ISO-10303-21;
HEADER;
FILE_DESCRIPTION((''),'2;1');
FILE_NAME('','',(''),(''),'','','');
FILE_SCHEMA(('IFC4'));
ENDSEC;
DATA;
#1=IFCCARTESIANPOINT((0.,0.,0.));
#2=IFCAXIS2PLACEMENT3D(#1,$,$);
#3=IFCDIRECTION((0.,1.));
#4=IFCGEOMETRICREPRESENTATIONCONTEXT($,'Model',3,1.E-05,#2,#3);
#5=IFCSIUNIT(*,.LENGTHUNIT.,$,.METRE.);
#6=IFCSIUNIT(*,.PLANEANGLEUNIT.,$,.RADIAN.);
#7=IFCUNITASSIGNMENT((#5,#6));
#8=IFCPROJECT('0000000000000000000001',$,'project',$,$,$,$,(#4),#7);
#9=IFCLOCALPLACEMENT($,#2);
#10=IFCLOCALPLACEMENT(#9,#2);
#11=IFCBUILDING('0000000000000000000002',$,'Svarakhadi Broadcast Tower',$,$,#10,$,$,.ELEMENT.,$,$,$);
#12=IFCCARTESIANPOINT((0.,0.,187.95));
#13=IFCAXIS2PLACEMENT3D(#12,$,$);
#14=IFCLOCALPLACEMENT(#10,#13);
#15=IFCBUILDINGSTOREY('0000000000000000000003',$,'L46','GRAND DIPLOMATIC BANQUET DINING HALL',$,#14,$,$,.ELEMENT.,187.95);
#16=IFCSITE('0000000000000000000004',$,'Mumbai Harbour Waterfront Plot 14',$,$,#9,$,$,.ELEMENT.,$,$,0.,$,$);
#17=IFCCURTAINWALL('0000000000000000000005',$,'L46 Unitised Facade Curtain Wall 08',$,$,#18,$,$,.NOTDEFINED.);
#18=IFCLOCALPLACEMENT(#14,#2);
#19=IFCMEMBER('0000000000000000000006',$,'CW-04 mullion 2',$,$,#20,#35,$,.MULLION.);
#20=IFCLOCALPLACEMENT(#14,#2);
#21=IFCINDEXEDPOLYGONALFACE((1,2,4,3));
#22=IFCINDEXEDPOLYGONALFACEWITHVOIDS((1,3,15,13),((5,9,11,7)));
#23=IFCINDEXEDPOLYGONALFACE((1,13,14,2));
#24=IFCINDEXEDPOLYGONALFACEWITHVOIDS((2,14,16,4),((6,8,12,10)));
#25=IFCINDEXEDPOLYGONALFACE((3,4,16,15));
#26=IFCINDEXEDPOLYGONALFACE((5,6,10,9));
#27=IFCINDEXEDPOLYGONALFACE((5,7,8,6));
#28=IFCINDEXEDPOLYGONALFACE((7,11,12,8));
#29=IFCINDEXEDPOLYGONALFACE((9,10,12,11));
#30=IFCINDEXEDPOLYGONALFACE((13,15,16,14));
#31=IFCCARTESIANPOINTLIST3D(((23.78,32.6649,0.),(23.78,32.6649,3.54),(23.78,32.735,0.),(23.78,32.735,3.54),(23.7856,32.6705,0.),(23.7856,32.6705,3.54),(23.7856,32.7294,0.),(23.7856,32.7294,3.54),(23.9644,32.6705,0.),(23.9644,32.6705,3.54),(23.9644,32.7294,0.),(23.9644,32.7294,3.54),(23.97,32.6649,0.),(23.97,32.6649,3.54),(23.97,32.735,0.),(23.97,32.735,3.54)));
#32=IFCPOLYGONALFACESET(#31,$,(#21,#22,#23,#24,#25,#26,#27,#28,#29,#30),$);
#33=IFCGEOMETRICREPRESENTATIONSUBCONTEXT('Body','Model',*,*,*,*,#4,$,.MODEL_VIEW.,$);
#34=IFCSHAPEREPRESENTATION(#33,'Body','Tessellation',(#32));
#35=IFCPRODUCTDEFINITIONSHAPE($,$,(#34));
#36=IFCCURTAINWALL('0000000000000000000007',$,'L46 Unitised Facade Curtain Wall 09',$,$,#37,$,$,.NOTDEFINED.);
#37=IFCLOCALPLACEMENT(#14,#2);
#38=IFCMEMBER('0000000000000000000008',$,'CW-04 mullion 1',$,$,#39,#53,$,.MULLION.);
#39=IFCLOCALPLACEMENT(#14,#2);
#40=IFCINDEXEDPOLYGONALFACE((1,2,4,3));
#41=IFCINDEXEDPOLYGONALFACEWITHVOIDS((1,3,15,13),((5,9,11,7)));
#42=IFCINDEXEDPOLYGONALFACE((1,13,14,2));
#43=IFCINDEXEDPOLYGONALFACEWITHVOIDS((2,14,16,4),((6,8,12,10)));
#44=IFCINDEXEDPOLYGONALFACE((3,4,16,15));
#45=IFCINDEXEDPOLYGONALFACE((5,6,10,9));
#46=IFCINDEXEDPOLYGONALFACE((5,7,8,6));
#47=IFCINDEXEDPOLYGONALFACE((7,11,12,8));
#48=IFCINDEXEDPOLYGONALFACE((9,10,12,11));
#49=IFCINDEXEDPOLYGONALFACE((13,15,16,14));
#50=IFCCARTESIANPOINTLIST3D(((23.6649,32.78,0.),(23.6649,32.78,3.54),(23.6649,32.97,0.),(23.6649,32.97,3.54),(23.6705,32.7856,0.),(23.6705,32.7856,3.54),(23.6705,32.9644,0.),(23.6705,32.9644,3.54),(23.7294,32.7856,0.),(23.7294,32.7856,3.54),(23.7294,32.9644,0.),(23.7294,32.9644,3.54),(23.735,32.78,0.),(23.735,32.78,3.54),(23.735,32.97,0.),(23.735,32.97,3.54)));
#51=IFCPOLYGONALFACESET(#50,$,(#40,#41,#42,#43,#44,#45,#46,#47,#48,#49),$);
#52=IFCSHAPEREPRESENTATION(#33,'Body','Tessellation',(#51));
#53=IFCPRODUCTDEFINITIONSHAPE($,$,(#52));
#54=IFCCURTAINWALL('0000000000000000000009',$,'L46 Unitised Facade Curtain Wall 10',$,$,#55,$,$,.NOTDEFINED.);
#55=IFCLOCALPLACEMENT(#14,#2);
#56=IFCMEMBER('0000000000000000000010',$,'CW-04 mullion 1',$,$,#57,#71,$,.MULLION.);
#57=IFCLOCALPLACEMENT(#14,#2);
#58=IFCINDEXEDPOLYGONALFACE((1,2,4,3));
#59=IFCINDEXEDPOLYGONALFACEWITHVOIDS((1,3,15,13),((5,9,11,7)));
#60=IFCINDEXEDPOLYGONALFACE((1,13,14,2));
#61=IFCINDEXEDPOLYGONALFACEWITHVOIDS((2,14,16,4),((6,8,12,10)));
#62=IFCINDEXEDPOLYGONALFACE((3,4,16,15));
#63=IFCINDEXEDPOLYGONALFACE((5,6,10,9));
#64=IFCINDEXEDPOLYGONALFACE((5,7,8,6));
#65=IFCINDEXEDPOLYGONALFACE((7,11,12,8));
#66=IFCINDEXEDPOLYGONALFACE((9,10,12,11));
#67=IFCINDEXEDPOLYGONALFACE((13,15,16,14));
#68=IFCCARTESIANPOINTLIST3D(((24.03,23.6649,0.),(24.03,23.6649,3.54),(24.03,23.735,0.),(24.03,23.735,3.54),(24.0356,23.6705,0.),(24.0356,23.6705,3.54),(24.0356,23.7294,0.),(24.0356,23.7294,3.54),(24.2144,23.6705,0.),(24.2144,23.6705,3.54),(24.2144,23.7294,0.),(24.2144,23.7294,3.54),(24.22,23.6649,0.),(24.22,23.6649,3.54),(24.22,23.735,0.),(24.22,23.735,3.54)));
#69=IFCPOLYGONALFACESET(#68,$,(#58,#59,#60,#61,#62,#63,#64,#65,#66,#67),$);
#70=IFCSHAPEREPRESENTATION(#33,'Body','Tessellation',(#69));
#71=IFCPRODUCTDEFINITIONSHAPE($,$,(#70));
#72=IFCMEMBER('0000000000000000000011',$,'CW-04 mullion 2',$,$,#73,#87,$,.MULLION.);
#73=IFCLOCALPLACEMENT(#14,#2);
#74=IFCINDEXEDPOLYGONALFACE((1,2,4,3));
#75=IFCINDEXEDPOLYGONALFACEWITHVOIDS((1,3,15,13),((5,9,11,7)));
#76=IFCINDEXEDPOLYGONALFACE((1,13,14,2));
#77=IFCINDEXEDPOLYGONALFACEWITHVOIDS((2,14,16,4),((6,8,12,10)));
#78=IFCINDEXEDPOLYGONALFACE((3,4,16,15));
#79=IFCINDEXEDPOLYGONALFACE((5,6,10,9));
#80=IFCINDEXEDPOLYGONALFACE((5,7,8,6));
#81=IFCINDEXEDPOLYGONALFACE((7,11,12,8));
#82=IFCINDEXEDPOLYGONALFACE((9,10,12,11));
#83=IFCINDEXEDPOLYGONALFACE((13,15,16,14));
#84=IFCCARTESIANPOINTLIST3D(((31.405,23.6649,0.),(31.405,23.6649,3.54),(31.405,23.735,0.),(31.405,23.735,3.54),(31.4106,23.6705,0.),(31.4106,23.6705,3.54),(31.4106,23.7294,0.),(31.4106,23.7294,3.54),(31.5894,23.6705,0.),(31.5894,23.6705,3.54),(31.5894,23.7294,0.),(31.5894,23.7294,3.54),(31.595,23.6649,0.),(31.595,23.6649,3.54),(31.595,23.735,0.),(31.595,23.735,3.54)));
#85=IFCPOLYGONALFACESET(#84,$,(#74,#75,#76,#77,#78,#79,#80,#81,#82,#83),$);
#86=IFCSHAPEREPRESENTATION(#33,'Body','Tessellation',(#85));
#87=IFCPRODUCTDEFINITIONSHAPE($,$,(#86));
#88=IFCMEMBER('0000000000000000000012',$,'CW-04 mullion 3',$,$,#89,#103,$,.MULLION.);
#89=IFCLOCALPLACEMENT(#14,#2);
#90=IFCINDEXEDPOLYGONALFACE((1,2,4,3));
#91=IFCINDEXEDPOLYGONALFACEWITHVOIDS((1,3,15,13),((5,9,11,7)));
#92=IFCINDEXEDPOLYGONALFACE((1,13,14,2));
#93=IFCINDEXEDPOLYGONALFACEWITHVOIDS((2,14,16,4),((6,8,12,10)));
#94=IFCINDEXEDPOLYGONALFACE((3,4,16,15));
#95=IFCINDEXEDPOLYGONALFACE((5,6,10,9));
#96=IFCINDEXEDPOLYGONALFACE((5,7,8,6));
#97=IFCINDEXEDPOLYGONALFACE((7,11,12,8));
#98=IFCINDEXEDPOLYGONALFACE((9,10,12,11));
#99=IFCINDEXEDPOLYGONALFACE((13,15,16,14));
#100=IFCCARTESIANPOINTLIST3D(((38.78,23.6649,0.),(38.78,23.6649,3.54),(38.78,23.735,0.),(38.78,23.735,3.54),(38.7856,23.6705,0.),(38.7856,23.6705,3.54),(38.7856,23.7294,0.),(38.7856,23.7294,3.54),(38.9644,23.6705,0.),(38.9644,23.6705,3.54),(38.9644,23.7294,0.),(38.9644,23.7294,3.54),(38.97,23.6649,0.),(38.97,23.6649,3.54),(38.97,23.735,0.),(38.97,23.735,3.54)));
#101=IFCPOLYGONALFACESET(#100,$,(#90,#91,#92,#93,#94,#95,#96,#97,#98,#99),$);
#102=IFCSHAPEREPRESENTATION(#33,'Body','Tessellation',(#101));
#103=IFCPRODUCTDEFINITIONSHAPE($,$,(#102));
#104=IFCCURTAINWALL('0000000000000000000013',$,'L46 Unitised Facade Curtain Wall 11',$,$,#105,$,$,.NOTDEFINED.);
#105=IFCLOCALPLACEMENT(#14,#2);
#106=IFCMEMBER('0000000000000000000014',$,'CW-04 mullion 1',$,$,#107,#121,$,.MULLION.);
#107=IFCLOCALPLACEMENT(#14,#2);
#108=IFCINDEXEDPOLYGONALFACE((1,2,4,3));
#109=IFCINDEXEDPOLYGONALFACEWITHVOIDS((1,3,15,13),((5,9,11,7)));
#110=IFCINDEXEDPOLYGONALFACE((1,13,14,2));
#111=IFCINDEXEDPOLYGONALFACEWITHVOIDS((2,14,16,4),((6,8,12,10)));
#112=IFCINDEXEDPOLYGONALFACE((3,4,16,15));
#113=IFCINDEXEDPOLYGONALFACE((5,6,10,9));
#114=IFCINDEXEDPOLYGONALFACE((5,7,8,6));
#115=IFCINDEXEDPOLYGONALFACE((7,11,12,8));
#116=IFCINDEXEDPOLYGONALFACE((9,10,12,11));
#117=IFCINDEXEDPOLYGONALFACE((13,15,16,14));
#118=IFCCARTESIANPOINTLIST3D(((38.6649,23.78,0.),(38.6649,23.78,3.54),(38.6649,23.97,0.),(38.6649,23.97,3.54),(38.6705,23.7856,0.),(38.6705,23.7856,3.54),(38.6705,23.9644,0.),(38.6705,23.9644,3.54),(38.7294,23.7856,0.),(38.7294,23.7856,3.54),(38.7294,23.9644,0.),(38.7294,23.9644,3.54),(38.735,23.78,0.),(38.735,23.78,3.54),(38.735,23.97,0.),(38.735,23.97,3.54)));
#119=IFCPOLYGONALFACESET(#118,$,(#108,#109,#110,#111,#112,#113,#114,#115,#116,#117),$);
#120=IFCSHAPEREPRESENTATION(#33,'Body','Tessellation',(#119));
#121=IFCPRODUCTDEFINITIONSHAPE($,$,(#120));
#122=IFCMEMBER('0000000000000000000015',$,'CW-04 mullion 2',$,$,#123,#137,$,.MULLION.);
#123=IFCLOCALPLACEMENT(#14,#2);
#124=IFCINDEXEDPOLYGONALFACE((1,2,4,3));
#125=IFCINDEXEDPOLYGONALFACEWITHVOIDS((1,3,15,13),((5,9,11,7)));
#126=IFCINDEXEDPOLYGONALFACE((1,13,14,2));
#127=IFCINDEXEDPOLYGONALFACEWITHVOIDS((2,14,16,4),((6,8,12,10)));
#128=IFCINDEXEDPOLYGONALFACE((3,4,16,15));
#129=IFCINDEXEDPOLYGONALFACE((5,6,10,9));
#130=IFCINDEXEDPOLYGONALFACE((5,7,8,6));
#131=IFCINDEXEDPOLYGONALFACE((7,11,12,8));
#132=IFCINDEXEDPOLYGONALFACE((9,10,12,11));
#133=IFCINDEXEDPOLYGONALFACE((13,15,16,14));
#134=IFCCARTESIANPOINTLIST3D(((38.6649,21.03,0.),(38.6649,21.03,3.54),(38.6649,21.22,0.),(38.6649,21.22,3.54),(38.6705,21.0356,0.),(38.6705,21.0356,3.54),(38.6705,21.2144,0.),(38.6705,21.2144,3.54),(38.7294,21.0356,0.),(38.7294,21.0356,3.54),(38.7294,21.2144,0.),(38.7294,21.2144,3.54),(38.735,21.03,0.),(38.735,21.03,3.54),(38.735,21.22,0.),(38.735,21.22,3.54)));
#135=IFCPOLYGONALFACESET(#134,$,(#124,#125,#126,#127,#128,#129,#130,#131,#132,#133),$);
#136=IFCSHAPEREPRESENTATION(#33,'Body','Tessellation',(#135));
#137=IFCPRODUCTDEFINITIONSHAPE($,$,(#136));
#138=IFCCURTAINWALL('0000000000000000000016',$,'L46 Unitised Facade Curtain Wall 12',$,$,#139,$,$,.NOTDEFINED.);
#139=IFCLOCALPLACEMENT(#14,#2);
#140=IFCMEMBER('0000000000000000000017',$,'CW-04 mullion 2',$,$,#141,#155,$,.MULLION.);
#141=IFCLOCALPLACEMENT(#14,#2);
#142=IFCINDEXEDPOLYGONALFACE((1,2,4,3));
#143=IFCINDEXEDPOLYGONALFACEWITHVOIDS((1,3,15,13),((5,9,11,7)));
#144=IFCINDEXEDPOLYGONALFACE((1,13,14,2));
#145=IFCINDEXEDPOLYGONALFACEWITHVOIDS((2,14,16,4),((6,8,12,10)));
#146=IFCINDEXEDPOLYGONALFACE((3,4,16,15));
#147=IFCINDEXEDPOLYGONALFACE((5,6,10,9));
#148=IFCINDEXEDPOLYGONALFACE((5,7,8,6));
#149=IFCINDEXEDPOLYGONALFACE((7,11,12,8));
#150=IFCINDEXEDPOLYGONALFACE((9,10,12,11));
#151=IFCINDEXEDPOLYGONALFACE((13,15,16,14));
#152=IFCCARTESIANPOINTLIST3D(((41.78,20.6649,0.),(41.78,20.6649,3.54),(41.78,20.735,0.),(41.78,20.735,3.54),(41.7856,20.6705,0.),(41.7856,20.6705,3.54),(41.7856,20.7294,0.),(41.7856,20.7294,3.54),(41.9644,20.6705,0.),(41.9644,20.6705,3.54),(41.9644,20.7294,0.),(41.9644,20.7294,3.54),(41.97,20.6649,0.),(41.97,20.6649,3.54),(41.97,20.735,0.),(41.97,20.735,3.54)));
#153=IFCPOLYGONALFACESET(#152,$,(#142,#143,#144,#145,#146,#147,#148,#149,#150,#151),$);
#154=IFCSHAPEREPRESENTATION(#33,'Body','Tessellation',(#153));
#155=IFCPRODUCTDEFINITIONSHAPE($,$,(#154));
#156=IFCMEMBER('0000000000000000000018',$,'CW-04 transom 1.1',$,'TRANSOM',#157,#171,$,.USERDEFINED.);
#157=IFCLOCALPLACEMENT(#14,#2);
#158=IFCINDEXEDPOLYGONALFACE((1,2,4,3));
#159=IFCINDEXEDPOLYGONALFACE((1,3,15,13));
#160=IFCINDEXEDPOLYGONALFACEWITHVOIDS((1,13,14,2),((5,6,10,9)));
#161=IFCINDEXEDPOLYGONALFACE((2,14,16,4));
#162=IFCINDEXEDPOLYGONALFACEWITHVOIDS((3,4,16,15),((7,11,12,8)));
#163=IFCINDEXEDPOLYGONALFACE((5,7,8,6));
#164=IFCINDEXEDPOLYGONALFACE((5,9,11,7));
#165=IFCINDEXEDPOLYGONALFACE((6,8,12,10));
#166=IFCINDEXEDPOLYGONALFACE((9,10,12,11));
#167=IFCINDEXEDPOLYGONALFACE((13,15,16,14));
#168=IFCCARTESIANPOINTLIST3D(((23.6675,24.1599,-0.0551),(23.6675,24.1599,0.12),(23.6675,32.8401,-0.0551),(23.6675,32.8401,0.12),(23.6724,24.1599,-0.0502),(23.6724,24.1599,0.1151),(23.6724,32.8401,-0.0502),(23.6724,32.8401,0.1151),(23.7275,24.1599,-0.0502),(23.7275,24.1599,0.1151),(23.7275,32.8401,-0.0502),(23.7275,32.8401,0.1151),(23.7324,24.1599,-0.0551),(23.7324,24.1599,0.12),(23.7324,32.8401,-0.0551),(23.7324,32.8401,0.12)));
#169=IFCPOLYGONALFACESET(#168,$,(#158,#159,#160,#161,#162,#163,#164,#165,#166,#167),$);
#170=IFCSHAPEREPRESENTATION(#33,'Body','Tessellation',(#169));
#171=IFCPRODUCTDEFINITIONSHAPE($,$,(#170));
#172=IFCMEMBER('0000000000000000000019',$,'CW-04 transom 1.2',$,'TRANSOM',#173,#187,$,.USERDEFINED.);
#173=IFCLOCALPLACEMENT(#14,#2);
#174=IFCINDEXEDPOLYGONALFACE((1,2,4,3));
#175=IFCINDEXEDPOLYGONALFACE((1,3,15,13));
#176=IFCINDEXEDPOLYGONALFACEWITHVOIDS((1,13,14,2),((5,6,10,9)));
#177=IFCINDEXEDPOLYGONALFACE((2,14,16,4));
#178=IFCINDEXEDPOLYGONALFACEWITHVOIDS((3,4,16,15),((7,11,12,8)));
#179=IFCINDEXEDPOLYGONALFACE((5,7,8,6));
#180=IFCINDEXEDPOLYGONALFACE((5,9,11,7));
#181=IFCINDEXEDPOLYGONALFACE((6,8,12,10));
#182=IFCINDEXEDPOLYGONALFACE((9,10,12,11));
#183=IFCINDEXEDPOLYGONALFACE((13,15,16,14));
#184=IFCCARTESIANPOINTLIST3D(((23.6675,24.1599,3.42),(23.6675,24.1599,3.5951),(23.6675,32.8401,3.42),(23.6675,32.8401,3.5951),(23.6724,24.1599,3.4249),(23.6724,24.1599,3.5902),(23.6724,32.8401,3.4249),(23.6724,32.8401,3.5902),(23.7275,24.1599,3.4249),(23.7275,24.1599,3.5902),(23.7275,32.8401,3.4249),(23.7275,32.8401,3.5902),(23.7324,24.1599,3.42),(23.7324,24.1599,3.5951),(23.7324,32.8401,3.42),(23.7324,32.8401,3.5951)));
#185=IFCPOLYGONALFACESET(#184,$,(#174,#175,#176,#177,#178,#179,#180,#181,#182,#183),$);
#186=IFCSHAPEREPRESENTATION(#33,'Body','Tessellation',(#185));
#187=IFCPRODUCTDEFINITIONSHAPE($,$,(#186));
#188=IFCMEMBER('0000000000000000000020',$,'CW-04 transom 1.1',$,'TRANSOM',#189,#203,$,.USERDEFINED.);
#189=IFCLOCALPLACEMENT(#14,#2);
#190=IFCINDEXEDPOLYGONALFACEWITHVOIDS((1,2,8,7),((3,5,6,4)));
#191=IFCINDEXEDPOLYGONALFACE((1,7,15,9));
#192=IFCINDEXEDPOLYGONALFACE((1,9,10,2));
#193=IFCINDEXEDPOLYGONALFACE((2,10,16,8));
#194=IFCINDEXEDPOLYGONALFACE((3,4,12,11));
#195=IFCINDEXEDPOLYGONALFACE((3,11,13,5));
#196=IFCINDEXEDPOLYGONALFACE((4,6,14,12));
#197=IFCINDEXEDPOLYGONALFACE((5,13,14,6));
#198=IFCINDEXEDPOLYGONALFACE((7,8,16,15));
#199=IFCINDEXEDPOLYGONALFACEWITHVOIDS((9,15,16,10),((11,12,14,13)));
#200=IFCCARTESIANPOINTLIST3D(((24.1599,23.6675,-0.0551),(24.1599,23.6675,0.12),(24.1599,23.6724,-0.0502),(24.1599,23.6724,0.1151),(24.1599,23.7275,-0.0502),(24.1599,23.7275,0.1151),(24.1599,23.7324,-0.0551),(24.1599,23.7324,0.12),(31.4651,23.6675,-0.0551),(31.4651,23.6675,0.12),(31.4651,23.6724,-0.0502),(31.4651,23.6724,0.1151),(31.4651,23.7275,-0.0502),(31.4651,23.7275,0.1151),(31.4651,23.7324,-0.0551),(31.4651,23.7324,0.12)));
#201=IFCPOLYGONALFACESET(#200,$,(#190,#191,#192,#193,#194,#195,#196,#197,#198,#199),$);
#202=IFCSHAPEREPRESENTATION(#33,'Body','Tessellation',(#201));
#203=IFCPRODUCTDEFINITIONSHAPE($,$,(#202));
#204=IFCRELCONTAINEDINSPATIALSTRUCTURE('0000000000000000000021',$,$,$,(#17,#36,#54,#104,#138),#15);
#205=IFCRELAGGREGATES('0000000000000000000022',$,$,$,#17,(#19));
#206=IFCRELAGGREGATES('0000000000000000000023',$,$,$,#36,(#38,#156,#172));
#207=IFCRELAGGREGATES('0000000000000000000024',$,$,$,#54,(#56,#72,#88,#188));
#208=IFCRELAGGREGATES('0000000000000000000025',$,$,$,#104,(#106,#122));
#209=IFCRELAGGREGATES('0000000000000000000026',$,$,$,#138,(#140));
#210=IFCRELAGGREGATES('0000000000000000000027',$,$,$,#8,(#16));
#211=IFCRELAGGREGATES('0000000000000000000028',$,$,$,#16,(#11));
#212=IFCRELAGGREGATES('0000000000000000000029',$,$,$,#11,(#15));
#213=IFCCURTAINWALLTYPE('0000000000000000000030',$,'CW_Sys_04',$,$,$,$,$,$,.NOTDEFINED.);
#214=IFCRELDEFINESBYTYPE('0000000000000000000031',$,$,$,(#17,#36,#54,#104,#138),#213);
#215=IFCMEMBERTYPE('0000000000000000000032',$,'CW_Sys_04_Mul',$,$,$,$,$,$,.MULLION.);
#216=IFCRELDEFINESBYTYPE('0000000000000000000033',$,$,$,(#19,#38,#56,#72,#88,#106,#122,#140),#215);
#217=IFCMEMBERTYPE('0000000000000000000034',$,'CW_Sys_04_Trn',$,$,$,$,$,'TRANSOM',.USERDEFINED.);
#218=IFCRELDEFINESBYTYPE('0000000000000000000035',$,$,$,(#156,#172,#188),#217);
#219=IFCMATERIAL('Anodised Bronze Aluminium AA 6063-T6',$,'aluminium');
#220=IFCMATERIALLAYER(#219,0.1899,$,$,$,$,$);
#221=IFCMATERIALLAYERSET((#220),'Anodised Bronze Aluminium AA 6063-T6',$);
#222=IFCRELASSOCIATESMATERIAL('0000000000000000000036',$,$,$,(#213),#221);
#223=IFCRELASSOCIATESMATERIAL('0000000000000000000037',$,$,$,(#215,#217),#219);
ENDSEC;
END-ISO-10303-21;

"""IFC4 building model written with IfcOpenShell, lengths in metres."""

from ifc_helpers import new_model, si_unit, direction, frame, origin, origin_2d, place, context, subcontext, project, spatial, hollow_rectangle, extrude, material, layer, layer_set, material_profile, profile_set, type_object, element, aggregate, save


model = new_model("IFC4")

# Units and contexts
model_context = context("Model", 3, precision=1e-05, world=origin(), true_north=direction((0.0, 1.0)))
body_context = subcontext(model_context, "Body", "Model", "MODEL_VIEW")
ifc_project = project(units=[si_unit("LENGTHUNIT", "METRE"), si_unit("PLANEANGLEUNIT", "RADIAN")], contexts=[model_context])

# Site, building, storey
site_placement = place(None, origin())
site = spatial("IfcSite", under=ifc_project, at=site_placement, Name="Mumbai Harbour Waterfront Plot 14", CompositionType="ELEMENT", RefElevation=0.0)
building_placement = place(site_placement, origin())
building = spatial("IfcBuilding", under=site, at=building_placement, Name="Svarakhadi Broadcast Tower", CompositionType="ELEMENT")
storey_placement = place(building_placement, frame((0.0, 0.0, 187.95)))
storey = spatial("IfcBuildingStorey", under=building, at=storey_placement, Name="L46", Description="GRAND DIPLOMATIC BANQUET DINING HALL", CompositionType="ELEMENT", Elevation=187.95)

# Curtain walls, members
ifc_material_1 = material(Name="Anodised Bronze Aluminium AA 6063-T6", Category="aluminium")
ifc_layer_1 = layer(ifc_material_1, 0.1899)
ifc_layer_set_1 = layer_set([ifc_layer_1], Name="Anodised Bronze Aluminium AA 6063-T6")
curtain_wall_type = type_object("IfcCurtainWallType", Name="CW_Sys_04", PredefinedType="NOTDEFINED", material=ifc_layer_set_1)
curtain_wall_1_placement = place(storey_placement, origin())
curtain_wall_1 = element("IfcCurtainWall", 1, at=curtain_wall_1_placement, inside=storey, type_object=curtain_wall_type, Name="L46 Unitised Facade Curtain Wall 08", PredefinedType="NOTDEFINED")
ifc_material_profile_1 = material_profile(ifc_material_1, hollow_rectangle(XDim=0.0701, YDim=0.1899, WallThickness=0.0056, at=origin_2d()), Name="ALU MULLION 190x70x6")
ifc_profile_set_1 = profile_set([ifc_material_profile_1], Name="Anodised Bronze Aluminium AA 6063-T6")
member_type_1 = type_object("IfcMemberType", Name="CW_Sys_04_Mul", PredefinedType="MULLION", material=ifc_profile_set_1)
member_1_placement = place(storey_placement, frame((23.875, 32.7, 0.0), z_axis=(0.0, 0.0, 1.0), x_axis=(0.0, 1.0, 0.0)))
member_1 = element("IfcMember", 2, at=member_1_placement, type_object=member_type_1, Name="CW-04 mullion 2", PredefinedType="MULLION", context=body_context, shape_type="SweptSolid", body=[
    extrude(hollow_rectangle(XDim=0.0701, YDim=0.1899, WallThickness=0.0056, at=origin_2d()), origin(), (0.0, 0.0, 1.0), 3.54),
])
aggregate(curtain_wall_1, [member_1])
curtain_wall_2_placement = place(storey_placement, origin())
curtain_wall_2 = element("IfcCurtainWall", 3, at=curtain_wall_2_placement, inside=storey, type_object=curtain_wall_type, Name="L46 Unitised Facade Curtain Wall 09", PredefinedType="NOTDEFINED")
member_2_placement = place(storey_placement, frame((23.7, 32.875, 0.0), z_axis=(0.0, 0.0, 1.0), x_axis=(1.0, 0.0, 0.0)))
member_2 = element("IfcMember", 4, at=member_2_placement, type_object=member_type_1, Name="CW-04 mullion 1", PredefinedType="MULLION", context=body_context, shape_type="SweptSolid", body=[
    extrude(hollow_rectangle(XDim=0.0701, YDim=0.1899, WallThickness=0.0056, at=origin_2d()), origin(), (0.0, 0.0, 1.0), 3.54),
])

# Curtain walls, members
curtain_wall_3_placement = place(storey_placement, origin())
curtain_wall_3 = element("IfcCurtainWall", 5, at=curtain_wall_3_placement, inside=storey, type_object=curtain_wall_type, Name="L46 Unitised Facade Curtain Wall 10", PredefinedType="NOTDEFINED")
member_3_placement = place(storey_placement, frame((24.125, 23.7, 0.0), z_axis=(0.0, 0.0, 1.0), x_axis=(0.0, 1.0, 0.0)))
member_3 = element("IfcMember", 6, at=member_3_placement, type_object=member_type_1, Name="CW-04 mullion 1", PredefinedType="MULLION", context=body_context, shape_type="SweptSolid", body=[
    extrude(hollow_rectangle(XDim=0.0701, YDim=0.1899, WallThickness=0.0056, at=origin_2d()), origin(), (0.0, 0.0, 1.0), 3.54),
])
member_4_placement = place(storey_placement, frame((31.5, 23.7, 0.0), z_axis=(0.0, 0.0, 1.0), x_axis=(0.0, 1.0, 0.0)))
member_4 = element("IfcMember", 7, at=member_4_placement, type_object=member_type_1, Name="CW-04 mullion 2", PredefinedType="MULLION", context=body_context, shape_type="SweptSolid", body=[
    extrude(hollow_rectangle(XDim=0.0701, YDim=0.1899, WallThickness=0.0056, at=origin_2d()), origin(), (0.0, 0.0, 1.0), 3.54),
])
member_5_placement = place(storey_placement, frame((38.875, 23.7, 0.0), z_axis=(0.0, 0.0, 1.0), x_axis=(0.0, 1.0, 0.0)))
member_5 = element("IfcMember", 8, at=member_5_placement, type_object=member_type_1, Name="CW-04 mullion 3", PredefinedType="MULLION", context=body_context, shape_type="SweptSolid", body=[
    extrude(hollow_rectangle(XDim=0.0701, YDim=0.1899, WallThickness=0.0056, at=origin_2d()), origin(), (0.0, 0.0, 1.0), 3.54),
])
curtain_wall_4_placement = place(storey_placement, origin())
curtain_wall_4 = element("IfcCurtainWall", 9, at=curtain_wall_4_placement, inside=storey, type_object=curtain_wall_type, Name="L46 Unitised Facade Curtain Wall 11", PredefinedType="NOTDEFINED")
member_6_placement = place(storey_placement, frame((38.7, 23.875, 0.0), z_axis=(0.0, 0.0, 1.0), x_axis=(1.0, 0.0, 0.0)))
member_6 = element("IfcMember", 10, at=member_6_placement, type_object=member_type_1, Name="CW-04 mullion 1", PredefinedType="MULLION", context=body_context, shape_type="SweptSolid", body=[
    extrude(hollow_rectangle(XDim=0.0701, YDim=0.1899, WallThickness=0.0056, at=origin_2d()), origin(), (0.0, 0.0, 1.0), 3.54),
])
member_7_placement = place(storey_placement, frame((38.7, 21.125, 0.0), z_axis=(0.0, 0.0, 1.0), x_axis=(1.0, 0.0, 0.0)))
member_7 = element("IfcMember", 11, at=member_7_placement, type_object=member_type_1, Name="CW-04 mullion 2", PredefinedType="MULLION", context=body_context, shape_type="SweptSolid", body=[
    extrude(hollow_rectangle(XDim=0.0701, YDim=0.1899, WallThickness=0.0056, at=origin_2d()), origin(), (0.0, 0.0, 1.0), 3.54),
])

# Curtain wall, member
curtain_wall_5_placement = place(storey_placement, origin())
curtain_wall_5 = element("IfcCurtainWall", 12, at=curtain_wall_5_placement, inside=storey, type_object=curtain_wall_type, Name="L46 Unitised Facade Curtain Wall 12", PredefinedType="NOTDEFINED")
member_8_placement = place(storey_placement, frame((41.875, 20.7, 0.0), z_axis=(0.0, 0.0, 1.0), x_axis=(0.0, 1.0, 0.0)))
member_8 = element("IfcMember", 13, at=member_8_placement, type_object=member_type_1, Name="CW-04 mullion 2", PredefinedType="MULLION", context=body_context, shape_type="SweptSolid", body=[
    extrude(hollow_rectangle(XDim=0.0701, YDim=0.1899, WallThickness=0.0056, at=origin_2d()), origin(), (0.0, 0.0, 1.0), 3.54),
])

# Members
ifc_material_profile_2 = material_profile(ifc_material_1, hollow_rectangle(XDim=0.0649, YDim=0.175, WallThickness=0.0049, at=origin_2d()), Name="ALU TRANSOM 175x65x5")
ifc_profile_set_2 = profile_set([ifc_material_profile_2], Name="Anodised Bronze Aluminium AA 6063-T6")
member_type_2 = type_object("IfcMemberType", Name="CW_Sys_04_Trn", ElementType="TRANSOM", PredefinedType="USERDEFINED", material=ifc_profile_set_2)
member_9_placement = place(storey_placement, frame((23.7, 32.8401, 0.0325), z_axis=(0.0, -1.0, 0.0), x_axis=(1.0, 0.0, 0.0)))
member_9 = element("IfcMember", 14, at=member_9_placement, type_object=member_type_2, Name="CW-04 transom 1.1", ObjectType="TRANSOM", PredefinedType="USERDEFINED", context=body_context, shape_type="SweptSolid", body=[
    extrude(hollow_rectangle(XDim=0.0649, YDim=0.175, WallThickness=0.0049, at=origin_2d()), origin(), (0.0, 0.0, 1.0), 8.6802),
])
member_10_placement = place(storey_placement, frame((23.7, 32.8401, 3.5076), z_axis=(0.0, -1.0, 0.0), x_axis=(1.0, 0.0, 0.0)))
member_10 = element("IfcMember", 15, at=member_10_placement, type_object=member_type_2, Name="CW-04 transom 1.2", ObjectType="TRANSOM", PredefinedType="USERDEFINED", context=body_context, shape_type="SweptSolid", body=[
    extrude(hollow_rectangle(XDim=0.0649, YDim=0.175, WallThickness=0.0049, at=origin_2d()), origin(), (0.0, 0.0, 1.0), 8.6802),
])
aggregate(curtain_wall_2, [member_2, member_9, member_10])
member_11_placement = place(storey_placement, frame((24.1599, 23.7, 0.0325), z_axis=(1.0, 0.0, 0.0), x_axis=(0.0, 1.0, 0.0)))
member_11 = element("IfcMember", 16, at=member_11_placement, type_object=member_type_2, Name="CW-04 transom 1.1", ObjectType="TRANSOM", PredefinedType="USERDEFINED", context=body_context, shape_type="SweptSolid", body=[
    extrude(hollow_rectangle(XDim=0.0649, YDim=0.175, WallThickness=0.0049, at=origin_2d()), origin(), (0.0, 0.0, 1.0), 7.3052),
])

aggregate(curtain_wall_3, [member_3, member_4, member_5, member_11])
aggregate(curtain_wall_4, [member_6, member_7])
aggregate(curtain_wall_5, [member_8])

save(model, "model.ifc")
